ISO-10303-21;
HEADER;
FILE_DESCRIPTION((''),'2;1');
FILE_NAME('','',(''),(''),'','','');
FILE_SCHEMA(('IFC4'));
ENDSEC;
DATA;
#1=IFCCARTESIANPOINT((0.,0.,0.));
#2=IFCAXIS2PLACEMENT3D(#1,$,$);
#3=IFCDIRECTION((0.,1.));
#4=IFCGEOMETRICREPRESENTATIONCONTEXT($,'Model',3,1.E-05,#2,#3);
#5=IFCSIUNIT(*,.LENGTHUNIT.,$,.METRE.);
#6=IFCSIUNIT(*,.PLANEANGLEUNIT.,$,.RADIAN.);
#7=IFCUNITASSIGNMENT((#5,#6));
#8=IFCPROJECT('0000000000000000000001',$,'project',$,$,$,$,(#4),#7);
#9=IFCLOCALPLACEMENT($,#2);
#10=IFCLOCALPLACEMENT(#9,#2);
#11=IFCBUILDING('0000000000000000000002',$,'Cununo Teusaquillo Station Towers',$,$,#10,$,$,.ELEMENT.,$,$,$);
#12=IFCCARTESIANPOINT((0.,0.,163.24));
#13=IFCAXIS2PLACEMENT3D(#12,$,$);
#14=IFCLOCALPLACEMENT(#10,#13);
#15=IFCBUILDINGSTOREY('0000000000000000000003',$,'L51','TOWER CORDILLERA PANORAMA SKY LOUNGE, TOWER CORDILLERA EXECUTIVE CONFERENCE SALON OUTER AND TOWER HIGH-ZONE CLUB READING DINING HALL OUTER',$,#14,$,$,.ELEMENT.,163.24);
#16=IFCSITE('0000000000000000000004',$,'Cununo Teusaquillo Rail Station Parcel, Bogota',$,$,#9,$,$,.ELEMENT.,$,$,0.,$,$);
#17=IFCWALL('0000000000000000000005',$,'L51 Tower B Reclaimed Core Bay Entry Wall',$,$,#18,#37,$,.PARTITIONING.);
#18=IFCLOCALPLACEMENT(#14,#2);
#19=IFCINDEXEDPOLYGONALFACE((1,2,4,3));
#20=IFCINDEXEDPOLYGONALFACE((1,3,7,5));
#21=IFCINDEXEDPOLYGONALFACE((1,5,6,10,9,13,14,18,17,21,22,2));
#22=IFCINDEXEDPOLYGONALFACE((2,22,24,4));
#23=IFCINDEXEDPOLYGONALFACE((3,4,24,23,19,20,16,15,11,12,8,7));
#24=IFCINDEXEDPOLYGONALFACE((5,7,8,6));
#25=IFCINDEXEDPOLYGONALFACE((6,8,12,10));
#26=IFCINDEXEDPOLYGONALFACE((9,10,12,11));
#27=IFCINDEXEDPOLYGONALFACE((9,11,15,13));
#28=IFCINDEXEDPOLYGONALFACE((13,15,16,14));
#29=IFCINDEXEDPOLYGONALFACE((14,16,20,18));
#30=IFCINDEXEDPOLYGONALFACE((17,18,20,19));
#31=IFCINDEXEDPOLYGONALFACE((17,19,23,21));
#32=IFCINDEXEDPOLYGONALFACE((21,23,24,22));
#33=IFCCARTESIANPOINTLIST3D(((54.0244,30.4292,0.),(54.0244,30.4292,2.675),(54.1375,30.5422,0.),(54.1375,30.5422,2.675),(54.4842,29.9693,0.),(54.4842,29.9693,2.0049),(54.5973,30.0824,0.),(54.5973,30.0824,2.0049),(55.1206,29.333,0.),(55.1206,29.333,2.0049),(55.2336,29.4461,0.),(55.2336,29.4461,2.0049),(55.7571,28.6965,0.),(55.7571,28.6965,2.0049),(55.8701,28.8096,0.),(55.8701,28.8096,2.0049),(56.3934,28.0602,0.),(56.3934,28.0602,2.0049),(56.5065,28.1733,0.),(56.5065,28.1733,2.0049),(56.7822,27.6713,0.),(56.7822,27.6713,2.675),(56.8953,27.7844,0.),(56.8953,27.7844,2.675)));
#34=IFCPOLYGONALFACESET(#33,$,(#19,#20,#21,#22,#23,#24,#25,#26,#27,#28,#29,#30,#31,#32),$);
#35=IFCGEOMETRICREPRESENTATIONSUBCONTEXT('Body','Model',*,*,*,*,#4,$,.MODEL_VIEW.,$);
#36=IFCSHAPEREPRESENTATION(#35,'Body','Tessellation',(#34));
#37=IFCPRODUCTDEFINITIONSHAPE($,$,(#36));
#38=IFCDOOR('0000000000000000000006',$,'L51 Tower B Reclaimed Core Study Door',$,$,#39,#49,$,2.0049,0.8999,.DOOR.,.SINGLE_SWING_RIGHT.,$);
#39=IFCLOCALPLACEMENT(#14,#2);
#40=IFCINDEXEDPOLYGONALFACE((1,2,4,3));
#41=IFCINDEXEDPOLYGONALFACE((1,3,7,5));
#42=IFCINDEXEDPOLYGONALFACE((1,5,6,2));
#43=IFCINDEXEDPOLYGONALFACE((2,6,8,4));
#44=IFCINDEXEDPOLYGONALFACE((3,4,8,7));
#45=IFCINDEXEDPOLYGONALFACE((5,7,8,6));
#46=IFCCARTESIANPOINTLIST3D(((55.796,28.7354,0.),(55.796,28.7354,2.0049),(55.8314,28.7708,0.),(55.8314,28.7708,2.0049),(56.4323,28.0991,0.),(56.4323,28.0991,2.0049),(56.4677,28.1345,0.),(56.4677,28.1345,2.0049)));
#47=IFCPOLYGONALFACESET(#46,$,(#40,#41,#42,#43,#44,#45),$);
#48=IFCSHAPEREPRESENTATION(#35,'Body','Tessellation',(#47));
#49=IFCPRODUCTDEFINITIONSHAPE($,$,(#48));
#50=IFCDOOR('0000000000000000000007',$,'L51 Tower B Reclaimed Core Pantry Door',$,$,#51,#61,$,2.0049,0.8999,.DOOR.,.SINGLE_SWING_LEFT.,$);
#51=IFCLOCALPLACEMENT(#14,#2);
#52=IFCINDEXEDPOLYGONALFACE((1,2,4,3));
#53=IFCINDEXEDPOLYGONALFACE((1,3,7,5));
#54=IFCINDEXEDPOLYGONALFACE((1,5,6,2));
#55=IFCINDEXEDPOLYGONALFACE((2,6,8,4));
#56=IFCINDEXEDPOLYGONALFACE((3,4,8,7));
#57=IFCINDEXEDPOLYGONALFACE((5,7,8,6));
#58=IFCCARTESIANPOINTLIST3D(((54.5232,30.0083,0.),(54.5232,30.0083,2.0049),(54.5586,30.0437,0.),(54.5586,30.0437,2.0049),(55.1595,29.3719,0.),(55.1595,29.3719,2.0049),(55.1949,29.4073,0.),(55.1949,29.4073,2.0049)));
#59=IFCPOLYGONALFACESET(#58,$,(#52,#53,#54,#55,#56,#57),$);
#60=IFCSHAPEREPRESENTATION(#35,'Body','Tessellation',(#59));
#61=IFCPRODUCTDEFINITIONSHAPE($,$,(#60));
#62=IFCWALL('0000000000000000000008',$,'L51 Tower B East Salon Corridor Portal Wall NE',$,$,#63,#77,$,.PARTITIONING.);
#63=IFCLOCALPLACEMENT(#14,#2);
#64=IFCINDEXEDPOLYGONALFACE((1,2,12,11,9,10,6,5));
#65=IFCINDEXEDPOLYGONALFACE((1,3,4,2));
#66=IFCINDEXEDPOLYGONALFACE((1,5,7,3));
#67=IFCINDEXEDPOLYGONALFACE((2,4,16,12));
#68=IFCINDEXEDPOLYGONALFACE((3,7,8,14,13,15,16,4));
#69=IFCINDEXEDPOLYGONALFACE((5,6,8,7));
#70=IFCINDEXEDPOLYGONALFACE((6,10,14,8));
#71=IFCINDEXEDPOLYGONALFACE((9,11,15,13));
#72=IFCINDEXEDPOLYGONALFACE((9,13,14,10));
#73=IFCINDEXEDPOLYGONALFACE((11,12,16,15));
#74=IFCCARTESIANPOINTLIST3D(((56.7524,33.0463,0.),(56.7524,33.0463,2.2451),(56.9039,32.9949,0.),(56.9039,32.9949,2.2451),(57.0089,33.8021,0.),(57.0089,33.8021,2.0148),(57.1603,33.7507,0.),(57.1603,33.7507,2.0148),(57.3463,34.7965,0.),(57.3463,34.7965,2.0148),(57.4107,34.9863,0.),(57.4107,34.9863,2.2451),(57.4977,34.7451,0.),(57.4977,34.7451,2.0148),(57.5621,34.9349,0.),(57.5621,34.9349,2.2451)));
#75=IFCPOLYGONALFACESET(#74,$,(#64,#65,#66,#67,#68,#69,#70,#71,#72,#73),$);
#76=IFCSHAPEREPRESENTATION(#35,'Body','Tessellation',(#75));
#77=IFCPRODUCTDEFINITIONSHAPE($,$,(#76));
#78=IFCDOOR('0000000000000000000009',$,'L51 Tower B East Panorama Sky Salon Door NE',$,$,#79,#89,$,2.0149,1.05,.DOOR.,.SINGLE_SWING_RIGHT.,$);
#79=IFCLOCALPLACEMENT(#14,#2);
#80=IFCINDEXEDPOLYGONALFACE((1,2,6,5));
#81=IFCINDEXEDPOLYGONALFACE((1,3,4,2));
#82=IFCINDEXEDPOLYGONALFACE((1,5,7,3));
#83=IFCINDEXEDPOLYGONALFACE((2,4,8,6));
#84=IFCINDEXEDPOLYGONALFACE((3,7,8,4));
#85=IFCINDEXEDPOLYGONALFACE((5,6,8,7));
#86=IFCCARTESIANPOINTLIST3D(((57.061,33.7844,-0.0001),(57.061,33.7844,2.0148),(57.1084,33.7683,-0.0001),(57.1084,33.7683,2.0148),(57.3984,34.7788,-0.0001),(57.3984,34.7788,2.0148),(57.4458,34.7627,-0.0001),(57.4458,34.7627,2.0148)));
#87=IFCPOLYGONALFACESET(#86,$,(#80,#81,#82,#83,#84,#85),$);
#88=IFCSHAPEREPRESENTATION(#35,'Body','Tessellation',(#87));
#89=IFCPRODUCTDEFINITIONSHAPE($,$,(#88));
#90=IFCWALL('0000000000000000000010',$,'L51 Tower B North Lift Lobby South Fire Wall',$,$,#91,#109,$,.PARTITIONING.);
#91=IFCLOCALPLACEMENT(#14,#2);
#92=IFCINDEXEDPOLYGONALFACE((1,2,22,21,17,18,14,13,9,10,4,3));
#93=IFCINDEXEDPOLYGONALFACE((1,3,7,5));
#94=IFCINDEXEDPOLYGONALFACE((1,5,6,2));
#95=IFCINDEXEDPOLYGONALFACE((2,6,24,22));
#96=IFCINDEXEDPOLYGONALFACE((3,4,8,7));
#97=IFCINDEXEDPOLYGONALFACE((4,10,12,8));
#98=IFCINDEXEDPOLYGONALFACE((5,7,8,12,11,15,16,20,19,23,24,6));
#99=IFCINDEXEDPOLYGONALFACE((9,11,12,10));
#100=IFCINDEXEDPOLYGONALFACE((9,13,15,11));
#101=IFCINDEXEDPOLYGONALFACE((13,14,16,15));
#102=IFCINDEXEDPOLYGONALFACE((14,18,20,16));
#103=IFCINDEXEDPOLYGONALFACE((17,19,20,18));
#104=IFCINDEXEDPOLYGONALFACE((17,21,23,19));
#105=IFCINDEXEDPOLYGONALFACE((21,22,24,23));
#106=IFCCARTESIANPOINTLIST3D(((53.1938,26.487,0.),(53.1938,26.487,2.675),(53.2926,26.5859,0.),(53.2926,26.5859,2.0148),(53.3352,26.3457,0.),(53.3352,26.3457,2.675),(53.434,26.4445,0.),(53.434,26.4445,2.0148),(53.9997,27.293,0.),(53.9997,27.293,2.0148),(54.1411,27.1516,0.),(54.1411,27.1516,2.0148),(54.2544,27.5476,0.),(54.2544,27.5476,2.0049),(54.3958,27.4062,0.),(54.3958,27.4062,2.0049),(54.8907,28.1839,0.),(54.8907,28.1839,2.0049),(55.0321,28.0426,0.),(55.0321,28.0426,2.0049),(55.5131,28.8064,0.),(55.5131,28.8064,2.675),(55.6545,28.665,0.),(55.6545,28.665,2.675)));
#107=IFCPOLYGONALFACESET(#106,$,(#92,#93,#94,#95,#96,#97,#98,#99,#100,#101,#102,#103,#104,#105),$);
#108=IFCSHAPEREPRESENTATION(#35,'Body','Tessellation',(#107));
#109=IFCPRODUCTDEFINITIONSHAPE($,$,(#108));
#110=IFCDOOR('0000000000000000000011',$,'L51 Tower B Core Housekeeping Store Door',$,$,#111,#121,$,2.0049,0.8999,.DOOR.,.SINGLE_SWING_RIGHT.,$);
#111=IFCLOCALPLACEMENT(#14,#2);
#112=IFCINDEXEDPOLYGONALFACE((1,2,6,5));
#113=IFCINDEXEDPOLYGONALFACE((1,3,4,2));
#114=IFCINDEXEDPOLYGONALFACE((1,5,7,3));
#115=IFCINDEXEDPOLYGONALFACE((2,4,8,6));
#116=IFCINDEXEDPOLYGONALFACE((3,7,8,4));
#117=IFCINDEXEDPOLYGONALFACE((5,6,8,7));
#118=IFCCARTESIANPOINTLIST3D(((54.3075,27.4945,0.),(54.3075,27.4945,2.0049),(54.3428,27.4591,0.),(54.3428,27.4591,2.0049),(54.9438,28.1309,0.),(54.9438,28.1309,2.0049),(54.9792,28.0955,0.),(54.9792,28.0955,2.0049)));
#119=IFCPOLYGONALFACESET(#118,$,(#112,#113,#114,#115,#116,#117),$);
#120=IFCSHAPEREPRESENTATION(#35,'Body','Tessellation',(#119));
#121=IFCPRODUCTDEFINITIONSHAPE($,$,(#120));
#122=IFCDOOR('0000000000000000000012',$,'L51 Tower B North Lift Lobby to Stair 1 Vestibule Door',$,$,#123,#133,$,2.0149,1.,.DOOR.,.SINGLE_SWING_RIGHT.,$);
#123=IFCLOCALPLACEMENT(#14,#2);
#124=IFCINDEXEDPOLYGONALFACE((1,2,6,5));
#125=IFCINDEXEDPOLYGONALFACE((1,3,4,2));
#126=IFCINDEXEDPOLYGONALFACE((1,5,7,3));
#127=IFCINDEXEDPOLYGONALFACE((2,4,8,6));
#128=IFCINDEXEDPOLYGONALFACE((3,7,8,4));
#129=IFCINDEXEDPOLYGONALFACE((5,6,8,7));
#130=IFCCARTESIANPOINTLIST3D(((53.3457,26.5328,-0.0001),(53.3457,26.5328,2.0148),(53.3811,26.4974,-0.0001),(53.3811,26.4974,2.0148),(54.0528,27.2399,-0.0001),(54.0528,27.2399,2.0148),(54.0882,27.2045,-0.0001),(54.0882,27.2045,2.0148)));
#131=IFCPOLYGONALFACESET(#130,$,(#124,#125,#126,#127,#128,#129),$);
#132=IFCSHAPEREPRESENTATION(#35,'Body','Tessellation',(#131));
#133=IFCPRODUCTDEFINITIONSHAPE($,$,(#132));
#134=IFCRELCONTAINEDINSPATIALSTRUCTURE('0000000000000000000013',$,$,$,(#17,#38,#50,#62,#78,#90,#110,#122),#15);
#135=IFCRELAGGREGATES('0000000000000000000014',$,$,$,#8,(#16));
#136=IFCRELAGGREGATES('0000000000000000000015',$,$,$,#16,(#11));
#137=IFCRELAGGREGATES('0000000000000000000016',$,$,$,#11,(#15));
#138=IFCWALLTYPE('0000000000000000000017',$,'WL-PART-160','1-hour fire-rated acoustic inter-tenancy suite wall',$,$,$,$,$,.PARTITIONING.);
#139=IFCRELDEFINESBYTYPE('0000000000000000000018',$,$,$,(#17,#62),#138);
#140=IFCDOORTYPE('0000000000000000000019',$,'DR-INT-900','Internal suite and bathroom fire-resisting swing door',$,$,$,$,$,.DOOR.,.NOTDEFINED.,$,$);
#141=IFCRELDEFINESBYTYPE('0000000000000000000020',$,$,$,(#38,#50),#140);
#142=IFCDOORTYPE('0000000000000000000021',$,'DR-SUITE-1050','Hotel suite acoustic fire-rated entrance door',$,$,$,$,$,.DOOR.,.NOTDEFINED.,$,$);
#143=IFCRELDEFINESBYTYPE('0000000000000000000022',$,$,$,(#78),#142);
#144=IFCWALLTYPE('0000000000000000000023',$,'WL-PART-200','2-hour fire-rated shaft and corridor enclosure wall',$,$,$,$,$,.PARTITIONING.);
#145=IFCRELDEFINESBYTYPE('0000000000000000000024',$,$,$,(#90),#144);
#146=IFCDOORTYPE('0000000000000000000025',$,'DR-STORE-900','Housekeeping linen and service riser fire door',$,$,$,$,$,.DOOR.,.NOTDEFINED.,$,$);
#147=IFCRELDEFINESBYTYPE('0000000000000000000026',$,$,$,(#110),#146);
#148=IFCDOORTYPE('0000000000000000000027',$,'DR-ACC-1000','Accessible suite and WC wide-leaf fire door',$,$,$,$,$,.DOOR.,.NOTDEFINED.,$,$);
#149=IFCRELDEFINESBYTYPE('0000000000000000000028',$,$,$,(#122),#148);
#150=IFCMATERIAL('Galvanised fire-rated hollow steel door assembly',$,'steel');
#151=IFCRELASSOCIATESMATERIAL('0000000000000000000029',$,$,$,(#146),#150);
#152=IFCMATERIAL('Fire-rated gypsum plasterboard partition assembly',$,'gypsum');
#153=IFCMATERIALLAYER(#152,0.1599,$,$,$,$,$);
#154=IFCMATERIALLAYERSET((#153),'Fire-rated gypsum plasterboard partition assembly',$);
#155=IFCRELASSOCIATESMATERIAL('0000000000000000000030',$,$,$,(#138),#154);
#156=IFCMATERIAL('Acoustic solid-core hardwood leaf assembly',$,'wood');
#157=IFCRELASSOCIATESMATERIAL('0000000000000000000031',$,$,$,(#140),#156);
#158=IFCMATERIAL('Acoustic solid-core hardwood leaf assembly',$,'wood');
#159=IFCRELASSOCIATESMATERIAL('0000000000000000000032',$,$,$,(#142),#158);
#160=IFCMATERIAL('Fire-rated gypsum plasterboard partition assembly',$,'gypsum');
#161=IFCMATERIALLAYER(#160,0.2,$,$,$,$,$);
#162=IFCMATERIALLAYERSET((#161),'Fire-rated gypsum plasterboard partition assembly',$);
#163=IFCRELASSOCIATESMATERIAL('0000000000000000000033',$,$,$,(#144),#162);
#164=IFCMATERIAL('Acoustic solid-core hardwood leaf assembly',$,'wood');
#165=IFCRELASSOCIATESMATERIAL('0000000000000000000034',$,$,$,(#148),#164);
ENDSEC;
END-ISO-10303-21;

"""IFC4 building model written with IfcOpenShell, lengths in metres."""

from ifc_helpers import new_model, si_unit, direction, frame, frame_2d, origin, place, context, subcontext, project, spatial, rectangle, extrude, source, transform, mapped, material, layer, layer_set, type_object, element, fill, save


model = new_model("IFC4")

# Units and contexts
model_context = context("Model", 3, precision=1e-05, world=origin(), true_north=direction((0.0, 1.0)))
body_context = subcontext(model_context, "Body", "Model", "MODEL_VIEW")
ifc_project = project(units=[si_unit("LENGTHUNIT", "METRE"), si_unit("PLANEANGLEUNIT", "RADIAN")], contexts=[model_context])

# Site, building, storey
site_placement = place(None, origin())
site = spatial("IfcSite", under=ifc_project, at=site_placement, Name="Cununo Teusaquillo Rail Station Parcel, Bogota", CompositionType="ELEMENT", RefElevation=0.0)
building_placement = place(site_placement, origin())
building = spatial("IfcBuilding", under=site, at=building_placement, Name="Cununo Teusaquillo Station Towers", CompositionType="ELEMENT")
storey_placement = place(building_placement, frame((0.0, 0.0, 163.24)))
storey = spatial("IfcBuildingStorey", under=building, at=storey_placement, Name="L51", Description="TOWER CORDILLERA PANORAMA SKY LOUNGE, TOWER CORDILLERA EXECUTIVE CONFERENCE SALON OUTER AND TOWER HIGH-ZONE CLUB READING DINING HALL OUTER", CompositionType="ELEMENT", Elevation=163.24)

# Shared definitions
ifc_material_1 = material(Name="Galvanised fire-rated hollow steel door assembly", Category="steel")
door_type_1 = type_object("IfcDoorType", Name="DR-STORE-900", Description="Housekeeping linen and service riser fire door", OperationType="NOTDEFINED", PredefinedType="DOOR", material=ifc_material_1)
shared_shape_1 = source(origin(), body_context, "Body", "SweptSolid", [
    extrude(rectangle(XDim=0.8999, YDim=2.0049, at=frame_2d((0.45, 1.0024))), frame((0.0, 0.0249, 0.0), z_axis=(0.0, -1.0, 0.0), x_axis=(1.0, 0.0, 0.0)), (0.0, 0.0, 1.0), 0.05),
])

# Wall, openings, doors
ifc_material_2 = material(Name="Fire-rated gypsum plasterboard partition assembly", Category="gypsum")
ifc_layer_1 = layer(ifc_material_2, 0.1599)
ifc_layer_set_1 = layer_set([ifc_layer_1], Name="Fire-rated gypsum plasterboard partition assembly")
wall_type_1 = type_object("IfcWallType", Name="WL-PART-160", Description="1-hour fire-rated acoustic inter-tenancy suite wall", PredefinedType="PARTITIONING", material=ifc_layer_set_1)
wall_1_placement = place(storey_placement, frame((56.8389, 27.7278, 0.0), z_axis=(0.0, 0.0, 1.0), x_axis=(-0.707107, 0.707107, 0.0)))
wall_1 = element("IfcWall", 1, at=wall_1_placement, inside=storey, type_object=wall_type_1, Name="L51 Tower B Reclaimed Core Bay Entry Wall", PredefinedType="PARTITIONING", context=body_context, shape_type="SweptSolid", body=[
    extrude(rectangle(XDim=3.9001, YDim=0.1599, at=frame_2d((1.9502, 0.0))), origin(), (0.0, 0.0, 1.0), 2.675),
])
shared_shape_2 = source(origin(), body_context, "Body", "SweptSolid", [
    extrude(rectangle(XDim=0.8999, YDim=2.0049, at=frame_2d((0.45, 1.0024))), frame((0.0, 0.0898, 0.0), z_axis=(0.0, -1.0, 0.0), x_axis=(1.0, 0.0, 0.0)), (0.0, 0.0, 1.0), 0.1799),
])
opening_1_placement = place(wall_1_placement, frame((0.55, 0.0, 0.0)))
opening_1 = element("IfcOpeningElement", 2, at=opening_1_placement, cuts=wall_1, PredefinedType="OPENING", context=body_context, shape_type="MappedRepresentation", body=[
    mapped(shared_shape_2, transform((0.0, 0.0, 0.0), x_axis=(1.0, 0.0, 0.0), y_axis=(0.0, 1.0, 0.0), z_axis=(0.0, 0.0, 1.0), scale=1.0)),
])
opening_2_placement = place(wall_1_placement, frame((2.3501, 0.0, 0.0)))
opening_2 = element("IfcOpeningElement", 3, at=opening_2_placement, cuts=wall_1, PredefinedType="OPENING", context=body_context, shape_type="MappedRepresentation", body=[
    mapped(shared_shape_2, transform((0.0, 0.0, 0.0), x_axis=(1.0, 0.0, 0.0), y_axis=(0.0, 1.0, 0.0), z_axis=(0.0, 0.0, 1.0), scale=1.0)),
])
ifc_material_3 = material(Name="Acoustic solid-core hardwood leaf assembly", Category="wood")
door_type_2 = type_object("IfcDoorType", Name="DR-INT-900", Description="Internal suite and bathroom fire-resisting swing door", OperationType="NOTDEFINED", PredefinedType="DOOR", material=ifc_material_3)
door_1_placement = place(opening_1_placement, origin())
door_1 = element("IfcDoor", 4, at=door_1_placement, inside=storey, type_object=door_type_2, Name="L51 Tower B Reclaimed Core Study Door", OperationType="SINGLE_SWING_RIGHT", OverallHeight=2.0049, OverallWidth=0.8999, PredefinedType="DOOR", context=body_context, shape_type="MappedRepresentation", body=[
    mapped(shared_shape_1, transform((0.0, 0.0, 0.0), x_axis=(1.0, 0.0, 0.0), y_axis=(0.0, 1.0, 0.0), z_axis=(0.0, 0.0, 1.0), scale=1.0)),
])
fill(opening_1, door_1)
door_2_placement = place(opening_2_placement, origin())
door_2 = element("IfcDoor", 5, at=door_2_placement, inside=storey, type_object=door_type_2, Name="L51 Tower B Reclaimed Core Pantry Door", OperationType="SINGLE_SWING_LEFT", OverallHeight=2.0049, OverallWidth=0.8999, PredefinedType="DOOR", context=body_context, shape_type="MappedRepresentation", body=[
    mapped(shared_shape_1, transform((0.0, 0.0, 0.0), x_axis=(1.0, 0.0, 0.0), y_axis=(0.0, 1.0, 0.0), z_axis=(0.0, 0.0, 1.0), scale=1.0)),
])
fill(opening_2, door_2)

# Wall, opening, door
wall_2_placement = place(storey_placement, frame((56.8281, 33.0205, 0.0), z_axis=(0.0, 0.0, 1.0), x_axis=(0.3213, 0.946977, 0.0)))
wall_2 = element("IfcWall", 6, at=wall_2_placement, inside=storey, type_object=wall_type_1, Name="L51 Tower B East Salon Corridor Portal Wall NE", PredefinedType="PARTITIONING", context=body_context, shape_type="SweptSolid", body=[
    extrude(rectangle(XDim=2.0486, YDim=0.1599, at=frame_2d((1.0244, 0.0))), origin(), (0.0, 0.0, 1.0), 2.2451),
])
shared_shape_3 = source(origin(), body_context, "Body", "SweptSolid", [
    extrude(rectangle(XDim=1.05, YDim=2.0149, at=frame_2d((0.5249, 1.0073))), frame((0.0, 0.0898, 0.0), z_axis=(0.0, -1.0, 0.0), x_axis=(1.0, 0.0, 0.0)), (0.0, 0.0, 1.0), 0.1799),
])
opening_3_placement = place(wall_2_placement, frame((0.7983, 0.0, 0.0)))
opening_3 = element("IfcOpeningElement", 7, at=opening_3_placement, cuts=wall_2, PredefinedType="OPENING", context=body_context, shape_type="MappedRepresentation", body=[
    mapped(shared_shape_3, transform((0.0, 0.0, 0.0), x_axis=(1.0, 0.0, 0.0), y_axis=(0.0, 1.0, 0.0), z_axis=(0.0, 0.0, 1.0), scale=1.0)),
])
ifc_material_4 = material(Name="Acoustic solid-core hardwood leaf assembly", Category="wood")
door_type_3 = type_object("IfcDoorType", Name="DR-SUITE-1050", Description="Hotel suite acoustic fire-rated entrance door", OperationType="NOTDEFINED", PredefinedType="DOOR", material=ifc_material_4)
shared_shape_4 = source(origin(), body_context, "Body", "SweptSolid", [
    extrude(rectangle(XDim=1.05, YDim=2.0149, at=frame_2d((0.5249, 1.0073))), frame((0.0, 0.0249, 0.0), z_axis=(0.0, -1.0, 0.0), x_axis=(1.0, 0.0, 0.0)), (0.0, 0.0, 1.0), 0.05),
])
door_3_placement = place(opening_3_placement, origin())
door_3 = element("IfcDoor", 8, at=door_3_placement, inside=storey, type_object=door_type_3, Name="L51 Tower B East Panorama Sky Salon Door NE", OperationType="SINGLE_SWING_RIGHT", OverallHeight=2.0149, OverallWidth=1.05, PredefinedType="DOOR", context=body_context, shape_type="MappedRepresentation", body=[
    mapped(shared_shape_4, transform((0.0, 0.0, 0.0), x_axis=(1.0, 0.0, 0.0), y_axis=(0.0, 1.0, 0.0), z_axis=(0.0, 0.0, 1.0), scale=1.0)),
])
fill(opening_3, door_3)

# Wall, openings, doors
ifc_material_5 = material(Name="Fire-rated gypsum plasterboard partition assembly", Category="gypsum")
ifc_layer_2 = layer(ifc_material_5, 0.2)
ifc_layer_set_2 = layer_set([ifc_layer_2], Name="Fire-rated gypsum plasterboard partition assembly")
wall_type_2 = type_object("IfcWallType", Name="WL-PART-200", Description="2-hour fire-rated shaft and corridor enclosure wall", PredefinedType="PARTITIONING", material=ifc_layer_set_2)
wall_3_placement = place(storey_placement, frame((53.2644, 26.4163, 0.0), z_axis=(0.0, 0.0, 1.0), x_axis=(0.707107, 0.707107, 0.0)))
wall_3 = element("IfcWall", 9, at=wall_3_placement, inside=storey, type_object=wall_type_2, Name="L51 Tower B North Lift Lobby South Fire Wall", PredefinedType="PARTITIONING", context=body_context, shape_type="SweptSolid", body=[
    extrude(rectangle(XDim=3.28, YDim=0.2, at=frame_2d((1.6401, 0.0))), origin(), (0.0, 0.0, 1.0), 2.675),
])
shared_shape_5 = source(origin(), body_context, "Body", "SweptSolid", [
    extrude(rectangle(XDim=1.0, YDim=2.0149, at=frame_2d((0.5, 1.0073))), frame((0.0, 0.1099, 0.0), z_axis=(0.0, -1.0, 0.0), x_axis=(1.0, 0.0, 0.0)), (0.0, 0.0, 1.0), 0.22),
])
opening_4_placement = place(wall_3_placement, frame((0.1399, 0.0, 0.0)))
opening_4 = element("IfcOpeningElement", 10, at=opening_4_placement, cuts=wall_3, PredefinedType="OPENING", context=body_context, shape_type="MappedRepresentation", body=[
    mapped(shared_shape_5, transform((0.0, 0.0, 0.0), x_axis=(1.0, 0.0, 0.0), y_axis=(0.0, 1.0, 0.0), z_axis=(0.0, 0.0, 1.0), scale=1.0)),
])
shared_shape_6 = source(origin(), body_context, "Body", "SweptSolid", [
    extrude(rectangle(XDim=0.8999, YDim=2.0049, at=frame_2d((0.45, 1.0024))), frame((0.0, 0.1099, 0.0), z_axis=(0.0, -1.0, 0.0), x_axis=(1.0, 0.0, 0.0)), (0.0, 0.0, 1.0), 0.22),
])
opening_5_placement = place(wall_3_placement, frame((1.5, 0.0, 0.0)))
opening_5 = element("IfcOpeningElement", 11, at=opening_5_placement, cuts=wall_3, PredefinedType="OPENING", context=body_context, shape_type="MappedRepresentation", body=[
    mapped(shared_shape_6, transform((0.0, 0.0, 0.0), x_axis=(1.0, 0.0, 0.0), y_axis=(0.0, 1.0, 0.0), z_axis=(0.0, 0.0, 1.0), scale=1.0)),
])
door_4_placement = place(opening_5_placement, origin())
door_4 = element("IfcDoor", 12, at=door_4_placement, inside=storey, type_object=door_type_1, Name="L51 Tower B Core Housekeeping Store Door", OperationType="SINGLE_SWING_RIGHT", OverallHeight=2.0049, OverallWidth=0.8999, PredefinedType="DOOR", context=body_context, shape_type="MappedRepresentation", body=[
    mapped(shared_shape_1, transform((0.0, 0.0, 0.0), x_axis=(1.0, 0.0, 0.0), y_axis=(0.0, 1.0, 0.0), z_axis=(0.0, 0.0, 1.0), scale=1.0)),
])
fill(opening_5, door_4)
ifc_material_6 = material(Name="Acoustic solid-core hardwood leaf assembly", Category="wood")
door_type_4 = type_object("IfcDoorType", Name="DR-ACC-1000", Description="Accessible suite and WC wide-leaf fire door", OperationType="NOTDEFINED", PredefinedType="DOOR", material=ifc_material_6)
shared_shape_7 = source(origin(), body_context, "Body", "SweptSolid", [
    extrude(rectangle(XDim=1.0, YDim=2.0149, at=frame_2d((0.5, 1.0073))), frame((0.0, 0.0249, 0.0), z_axis=(0.0, -1.0, 0.0), x_axis=(1.0, 0.0, 0.0)), (0.0, 0.0, 1.0), 0.05),
])
door_5_placement = place(opening_4_placement, origin())
door_5 = element("IfcDoor", 13, at=door_5_placement, inside=storey, type_object=door_type_4, Name="L51 Tower B North Lift Lobby to Stair 1 Vestibule Door", OperationType="SINGLE_SWING_RIGHT", OverallHeight=2.0149, OverallWidth=1.0, PredefinedType="DOOR", context=body_context, shape_type="MappedRepresentation", body=[
    mapped(shared_shape_7, transform((0.0, 0.0, 0.0), x_axis=(1.0, 0.0, 0.0), y_axis=(0.0, 1.0, 0.0), z_axis=(0.0, 0.0, 1.0), scale=1.0)),
])
fill(opening_4, door_5)

save(model, "model.ifc")
